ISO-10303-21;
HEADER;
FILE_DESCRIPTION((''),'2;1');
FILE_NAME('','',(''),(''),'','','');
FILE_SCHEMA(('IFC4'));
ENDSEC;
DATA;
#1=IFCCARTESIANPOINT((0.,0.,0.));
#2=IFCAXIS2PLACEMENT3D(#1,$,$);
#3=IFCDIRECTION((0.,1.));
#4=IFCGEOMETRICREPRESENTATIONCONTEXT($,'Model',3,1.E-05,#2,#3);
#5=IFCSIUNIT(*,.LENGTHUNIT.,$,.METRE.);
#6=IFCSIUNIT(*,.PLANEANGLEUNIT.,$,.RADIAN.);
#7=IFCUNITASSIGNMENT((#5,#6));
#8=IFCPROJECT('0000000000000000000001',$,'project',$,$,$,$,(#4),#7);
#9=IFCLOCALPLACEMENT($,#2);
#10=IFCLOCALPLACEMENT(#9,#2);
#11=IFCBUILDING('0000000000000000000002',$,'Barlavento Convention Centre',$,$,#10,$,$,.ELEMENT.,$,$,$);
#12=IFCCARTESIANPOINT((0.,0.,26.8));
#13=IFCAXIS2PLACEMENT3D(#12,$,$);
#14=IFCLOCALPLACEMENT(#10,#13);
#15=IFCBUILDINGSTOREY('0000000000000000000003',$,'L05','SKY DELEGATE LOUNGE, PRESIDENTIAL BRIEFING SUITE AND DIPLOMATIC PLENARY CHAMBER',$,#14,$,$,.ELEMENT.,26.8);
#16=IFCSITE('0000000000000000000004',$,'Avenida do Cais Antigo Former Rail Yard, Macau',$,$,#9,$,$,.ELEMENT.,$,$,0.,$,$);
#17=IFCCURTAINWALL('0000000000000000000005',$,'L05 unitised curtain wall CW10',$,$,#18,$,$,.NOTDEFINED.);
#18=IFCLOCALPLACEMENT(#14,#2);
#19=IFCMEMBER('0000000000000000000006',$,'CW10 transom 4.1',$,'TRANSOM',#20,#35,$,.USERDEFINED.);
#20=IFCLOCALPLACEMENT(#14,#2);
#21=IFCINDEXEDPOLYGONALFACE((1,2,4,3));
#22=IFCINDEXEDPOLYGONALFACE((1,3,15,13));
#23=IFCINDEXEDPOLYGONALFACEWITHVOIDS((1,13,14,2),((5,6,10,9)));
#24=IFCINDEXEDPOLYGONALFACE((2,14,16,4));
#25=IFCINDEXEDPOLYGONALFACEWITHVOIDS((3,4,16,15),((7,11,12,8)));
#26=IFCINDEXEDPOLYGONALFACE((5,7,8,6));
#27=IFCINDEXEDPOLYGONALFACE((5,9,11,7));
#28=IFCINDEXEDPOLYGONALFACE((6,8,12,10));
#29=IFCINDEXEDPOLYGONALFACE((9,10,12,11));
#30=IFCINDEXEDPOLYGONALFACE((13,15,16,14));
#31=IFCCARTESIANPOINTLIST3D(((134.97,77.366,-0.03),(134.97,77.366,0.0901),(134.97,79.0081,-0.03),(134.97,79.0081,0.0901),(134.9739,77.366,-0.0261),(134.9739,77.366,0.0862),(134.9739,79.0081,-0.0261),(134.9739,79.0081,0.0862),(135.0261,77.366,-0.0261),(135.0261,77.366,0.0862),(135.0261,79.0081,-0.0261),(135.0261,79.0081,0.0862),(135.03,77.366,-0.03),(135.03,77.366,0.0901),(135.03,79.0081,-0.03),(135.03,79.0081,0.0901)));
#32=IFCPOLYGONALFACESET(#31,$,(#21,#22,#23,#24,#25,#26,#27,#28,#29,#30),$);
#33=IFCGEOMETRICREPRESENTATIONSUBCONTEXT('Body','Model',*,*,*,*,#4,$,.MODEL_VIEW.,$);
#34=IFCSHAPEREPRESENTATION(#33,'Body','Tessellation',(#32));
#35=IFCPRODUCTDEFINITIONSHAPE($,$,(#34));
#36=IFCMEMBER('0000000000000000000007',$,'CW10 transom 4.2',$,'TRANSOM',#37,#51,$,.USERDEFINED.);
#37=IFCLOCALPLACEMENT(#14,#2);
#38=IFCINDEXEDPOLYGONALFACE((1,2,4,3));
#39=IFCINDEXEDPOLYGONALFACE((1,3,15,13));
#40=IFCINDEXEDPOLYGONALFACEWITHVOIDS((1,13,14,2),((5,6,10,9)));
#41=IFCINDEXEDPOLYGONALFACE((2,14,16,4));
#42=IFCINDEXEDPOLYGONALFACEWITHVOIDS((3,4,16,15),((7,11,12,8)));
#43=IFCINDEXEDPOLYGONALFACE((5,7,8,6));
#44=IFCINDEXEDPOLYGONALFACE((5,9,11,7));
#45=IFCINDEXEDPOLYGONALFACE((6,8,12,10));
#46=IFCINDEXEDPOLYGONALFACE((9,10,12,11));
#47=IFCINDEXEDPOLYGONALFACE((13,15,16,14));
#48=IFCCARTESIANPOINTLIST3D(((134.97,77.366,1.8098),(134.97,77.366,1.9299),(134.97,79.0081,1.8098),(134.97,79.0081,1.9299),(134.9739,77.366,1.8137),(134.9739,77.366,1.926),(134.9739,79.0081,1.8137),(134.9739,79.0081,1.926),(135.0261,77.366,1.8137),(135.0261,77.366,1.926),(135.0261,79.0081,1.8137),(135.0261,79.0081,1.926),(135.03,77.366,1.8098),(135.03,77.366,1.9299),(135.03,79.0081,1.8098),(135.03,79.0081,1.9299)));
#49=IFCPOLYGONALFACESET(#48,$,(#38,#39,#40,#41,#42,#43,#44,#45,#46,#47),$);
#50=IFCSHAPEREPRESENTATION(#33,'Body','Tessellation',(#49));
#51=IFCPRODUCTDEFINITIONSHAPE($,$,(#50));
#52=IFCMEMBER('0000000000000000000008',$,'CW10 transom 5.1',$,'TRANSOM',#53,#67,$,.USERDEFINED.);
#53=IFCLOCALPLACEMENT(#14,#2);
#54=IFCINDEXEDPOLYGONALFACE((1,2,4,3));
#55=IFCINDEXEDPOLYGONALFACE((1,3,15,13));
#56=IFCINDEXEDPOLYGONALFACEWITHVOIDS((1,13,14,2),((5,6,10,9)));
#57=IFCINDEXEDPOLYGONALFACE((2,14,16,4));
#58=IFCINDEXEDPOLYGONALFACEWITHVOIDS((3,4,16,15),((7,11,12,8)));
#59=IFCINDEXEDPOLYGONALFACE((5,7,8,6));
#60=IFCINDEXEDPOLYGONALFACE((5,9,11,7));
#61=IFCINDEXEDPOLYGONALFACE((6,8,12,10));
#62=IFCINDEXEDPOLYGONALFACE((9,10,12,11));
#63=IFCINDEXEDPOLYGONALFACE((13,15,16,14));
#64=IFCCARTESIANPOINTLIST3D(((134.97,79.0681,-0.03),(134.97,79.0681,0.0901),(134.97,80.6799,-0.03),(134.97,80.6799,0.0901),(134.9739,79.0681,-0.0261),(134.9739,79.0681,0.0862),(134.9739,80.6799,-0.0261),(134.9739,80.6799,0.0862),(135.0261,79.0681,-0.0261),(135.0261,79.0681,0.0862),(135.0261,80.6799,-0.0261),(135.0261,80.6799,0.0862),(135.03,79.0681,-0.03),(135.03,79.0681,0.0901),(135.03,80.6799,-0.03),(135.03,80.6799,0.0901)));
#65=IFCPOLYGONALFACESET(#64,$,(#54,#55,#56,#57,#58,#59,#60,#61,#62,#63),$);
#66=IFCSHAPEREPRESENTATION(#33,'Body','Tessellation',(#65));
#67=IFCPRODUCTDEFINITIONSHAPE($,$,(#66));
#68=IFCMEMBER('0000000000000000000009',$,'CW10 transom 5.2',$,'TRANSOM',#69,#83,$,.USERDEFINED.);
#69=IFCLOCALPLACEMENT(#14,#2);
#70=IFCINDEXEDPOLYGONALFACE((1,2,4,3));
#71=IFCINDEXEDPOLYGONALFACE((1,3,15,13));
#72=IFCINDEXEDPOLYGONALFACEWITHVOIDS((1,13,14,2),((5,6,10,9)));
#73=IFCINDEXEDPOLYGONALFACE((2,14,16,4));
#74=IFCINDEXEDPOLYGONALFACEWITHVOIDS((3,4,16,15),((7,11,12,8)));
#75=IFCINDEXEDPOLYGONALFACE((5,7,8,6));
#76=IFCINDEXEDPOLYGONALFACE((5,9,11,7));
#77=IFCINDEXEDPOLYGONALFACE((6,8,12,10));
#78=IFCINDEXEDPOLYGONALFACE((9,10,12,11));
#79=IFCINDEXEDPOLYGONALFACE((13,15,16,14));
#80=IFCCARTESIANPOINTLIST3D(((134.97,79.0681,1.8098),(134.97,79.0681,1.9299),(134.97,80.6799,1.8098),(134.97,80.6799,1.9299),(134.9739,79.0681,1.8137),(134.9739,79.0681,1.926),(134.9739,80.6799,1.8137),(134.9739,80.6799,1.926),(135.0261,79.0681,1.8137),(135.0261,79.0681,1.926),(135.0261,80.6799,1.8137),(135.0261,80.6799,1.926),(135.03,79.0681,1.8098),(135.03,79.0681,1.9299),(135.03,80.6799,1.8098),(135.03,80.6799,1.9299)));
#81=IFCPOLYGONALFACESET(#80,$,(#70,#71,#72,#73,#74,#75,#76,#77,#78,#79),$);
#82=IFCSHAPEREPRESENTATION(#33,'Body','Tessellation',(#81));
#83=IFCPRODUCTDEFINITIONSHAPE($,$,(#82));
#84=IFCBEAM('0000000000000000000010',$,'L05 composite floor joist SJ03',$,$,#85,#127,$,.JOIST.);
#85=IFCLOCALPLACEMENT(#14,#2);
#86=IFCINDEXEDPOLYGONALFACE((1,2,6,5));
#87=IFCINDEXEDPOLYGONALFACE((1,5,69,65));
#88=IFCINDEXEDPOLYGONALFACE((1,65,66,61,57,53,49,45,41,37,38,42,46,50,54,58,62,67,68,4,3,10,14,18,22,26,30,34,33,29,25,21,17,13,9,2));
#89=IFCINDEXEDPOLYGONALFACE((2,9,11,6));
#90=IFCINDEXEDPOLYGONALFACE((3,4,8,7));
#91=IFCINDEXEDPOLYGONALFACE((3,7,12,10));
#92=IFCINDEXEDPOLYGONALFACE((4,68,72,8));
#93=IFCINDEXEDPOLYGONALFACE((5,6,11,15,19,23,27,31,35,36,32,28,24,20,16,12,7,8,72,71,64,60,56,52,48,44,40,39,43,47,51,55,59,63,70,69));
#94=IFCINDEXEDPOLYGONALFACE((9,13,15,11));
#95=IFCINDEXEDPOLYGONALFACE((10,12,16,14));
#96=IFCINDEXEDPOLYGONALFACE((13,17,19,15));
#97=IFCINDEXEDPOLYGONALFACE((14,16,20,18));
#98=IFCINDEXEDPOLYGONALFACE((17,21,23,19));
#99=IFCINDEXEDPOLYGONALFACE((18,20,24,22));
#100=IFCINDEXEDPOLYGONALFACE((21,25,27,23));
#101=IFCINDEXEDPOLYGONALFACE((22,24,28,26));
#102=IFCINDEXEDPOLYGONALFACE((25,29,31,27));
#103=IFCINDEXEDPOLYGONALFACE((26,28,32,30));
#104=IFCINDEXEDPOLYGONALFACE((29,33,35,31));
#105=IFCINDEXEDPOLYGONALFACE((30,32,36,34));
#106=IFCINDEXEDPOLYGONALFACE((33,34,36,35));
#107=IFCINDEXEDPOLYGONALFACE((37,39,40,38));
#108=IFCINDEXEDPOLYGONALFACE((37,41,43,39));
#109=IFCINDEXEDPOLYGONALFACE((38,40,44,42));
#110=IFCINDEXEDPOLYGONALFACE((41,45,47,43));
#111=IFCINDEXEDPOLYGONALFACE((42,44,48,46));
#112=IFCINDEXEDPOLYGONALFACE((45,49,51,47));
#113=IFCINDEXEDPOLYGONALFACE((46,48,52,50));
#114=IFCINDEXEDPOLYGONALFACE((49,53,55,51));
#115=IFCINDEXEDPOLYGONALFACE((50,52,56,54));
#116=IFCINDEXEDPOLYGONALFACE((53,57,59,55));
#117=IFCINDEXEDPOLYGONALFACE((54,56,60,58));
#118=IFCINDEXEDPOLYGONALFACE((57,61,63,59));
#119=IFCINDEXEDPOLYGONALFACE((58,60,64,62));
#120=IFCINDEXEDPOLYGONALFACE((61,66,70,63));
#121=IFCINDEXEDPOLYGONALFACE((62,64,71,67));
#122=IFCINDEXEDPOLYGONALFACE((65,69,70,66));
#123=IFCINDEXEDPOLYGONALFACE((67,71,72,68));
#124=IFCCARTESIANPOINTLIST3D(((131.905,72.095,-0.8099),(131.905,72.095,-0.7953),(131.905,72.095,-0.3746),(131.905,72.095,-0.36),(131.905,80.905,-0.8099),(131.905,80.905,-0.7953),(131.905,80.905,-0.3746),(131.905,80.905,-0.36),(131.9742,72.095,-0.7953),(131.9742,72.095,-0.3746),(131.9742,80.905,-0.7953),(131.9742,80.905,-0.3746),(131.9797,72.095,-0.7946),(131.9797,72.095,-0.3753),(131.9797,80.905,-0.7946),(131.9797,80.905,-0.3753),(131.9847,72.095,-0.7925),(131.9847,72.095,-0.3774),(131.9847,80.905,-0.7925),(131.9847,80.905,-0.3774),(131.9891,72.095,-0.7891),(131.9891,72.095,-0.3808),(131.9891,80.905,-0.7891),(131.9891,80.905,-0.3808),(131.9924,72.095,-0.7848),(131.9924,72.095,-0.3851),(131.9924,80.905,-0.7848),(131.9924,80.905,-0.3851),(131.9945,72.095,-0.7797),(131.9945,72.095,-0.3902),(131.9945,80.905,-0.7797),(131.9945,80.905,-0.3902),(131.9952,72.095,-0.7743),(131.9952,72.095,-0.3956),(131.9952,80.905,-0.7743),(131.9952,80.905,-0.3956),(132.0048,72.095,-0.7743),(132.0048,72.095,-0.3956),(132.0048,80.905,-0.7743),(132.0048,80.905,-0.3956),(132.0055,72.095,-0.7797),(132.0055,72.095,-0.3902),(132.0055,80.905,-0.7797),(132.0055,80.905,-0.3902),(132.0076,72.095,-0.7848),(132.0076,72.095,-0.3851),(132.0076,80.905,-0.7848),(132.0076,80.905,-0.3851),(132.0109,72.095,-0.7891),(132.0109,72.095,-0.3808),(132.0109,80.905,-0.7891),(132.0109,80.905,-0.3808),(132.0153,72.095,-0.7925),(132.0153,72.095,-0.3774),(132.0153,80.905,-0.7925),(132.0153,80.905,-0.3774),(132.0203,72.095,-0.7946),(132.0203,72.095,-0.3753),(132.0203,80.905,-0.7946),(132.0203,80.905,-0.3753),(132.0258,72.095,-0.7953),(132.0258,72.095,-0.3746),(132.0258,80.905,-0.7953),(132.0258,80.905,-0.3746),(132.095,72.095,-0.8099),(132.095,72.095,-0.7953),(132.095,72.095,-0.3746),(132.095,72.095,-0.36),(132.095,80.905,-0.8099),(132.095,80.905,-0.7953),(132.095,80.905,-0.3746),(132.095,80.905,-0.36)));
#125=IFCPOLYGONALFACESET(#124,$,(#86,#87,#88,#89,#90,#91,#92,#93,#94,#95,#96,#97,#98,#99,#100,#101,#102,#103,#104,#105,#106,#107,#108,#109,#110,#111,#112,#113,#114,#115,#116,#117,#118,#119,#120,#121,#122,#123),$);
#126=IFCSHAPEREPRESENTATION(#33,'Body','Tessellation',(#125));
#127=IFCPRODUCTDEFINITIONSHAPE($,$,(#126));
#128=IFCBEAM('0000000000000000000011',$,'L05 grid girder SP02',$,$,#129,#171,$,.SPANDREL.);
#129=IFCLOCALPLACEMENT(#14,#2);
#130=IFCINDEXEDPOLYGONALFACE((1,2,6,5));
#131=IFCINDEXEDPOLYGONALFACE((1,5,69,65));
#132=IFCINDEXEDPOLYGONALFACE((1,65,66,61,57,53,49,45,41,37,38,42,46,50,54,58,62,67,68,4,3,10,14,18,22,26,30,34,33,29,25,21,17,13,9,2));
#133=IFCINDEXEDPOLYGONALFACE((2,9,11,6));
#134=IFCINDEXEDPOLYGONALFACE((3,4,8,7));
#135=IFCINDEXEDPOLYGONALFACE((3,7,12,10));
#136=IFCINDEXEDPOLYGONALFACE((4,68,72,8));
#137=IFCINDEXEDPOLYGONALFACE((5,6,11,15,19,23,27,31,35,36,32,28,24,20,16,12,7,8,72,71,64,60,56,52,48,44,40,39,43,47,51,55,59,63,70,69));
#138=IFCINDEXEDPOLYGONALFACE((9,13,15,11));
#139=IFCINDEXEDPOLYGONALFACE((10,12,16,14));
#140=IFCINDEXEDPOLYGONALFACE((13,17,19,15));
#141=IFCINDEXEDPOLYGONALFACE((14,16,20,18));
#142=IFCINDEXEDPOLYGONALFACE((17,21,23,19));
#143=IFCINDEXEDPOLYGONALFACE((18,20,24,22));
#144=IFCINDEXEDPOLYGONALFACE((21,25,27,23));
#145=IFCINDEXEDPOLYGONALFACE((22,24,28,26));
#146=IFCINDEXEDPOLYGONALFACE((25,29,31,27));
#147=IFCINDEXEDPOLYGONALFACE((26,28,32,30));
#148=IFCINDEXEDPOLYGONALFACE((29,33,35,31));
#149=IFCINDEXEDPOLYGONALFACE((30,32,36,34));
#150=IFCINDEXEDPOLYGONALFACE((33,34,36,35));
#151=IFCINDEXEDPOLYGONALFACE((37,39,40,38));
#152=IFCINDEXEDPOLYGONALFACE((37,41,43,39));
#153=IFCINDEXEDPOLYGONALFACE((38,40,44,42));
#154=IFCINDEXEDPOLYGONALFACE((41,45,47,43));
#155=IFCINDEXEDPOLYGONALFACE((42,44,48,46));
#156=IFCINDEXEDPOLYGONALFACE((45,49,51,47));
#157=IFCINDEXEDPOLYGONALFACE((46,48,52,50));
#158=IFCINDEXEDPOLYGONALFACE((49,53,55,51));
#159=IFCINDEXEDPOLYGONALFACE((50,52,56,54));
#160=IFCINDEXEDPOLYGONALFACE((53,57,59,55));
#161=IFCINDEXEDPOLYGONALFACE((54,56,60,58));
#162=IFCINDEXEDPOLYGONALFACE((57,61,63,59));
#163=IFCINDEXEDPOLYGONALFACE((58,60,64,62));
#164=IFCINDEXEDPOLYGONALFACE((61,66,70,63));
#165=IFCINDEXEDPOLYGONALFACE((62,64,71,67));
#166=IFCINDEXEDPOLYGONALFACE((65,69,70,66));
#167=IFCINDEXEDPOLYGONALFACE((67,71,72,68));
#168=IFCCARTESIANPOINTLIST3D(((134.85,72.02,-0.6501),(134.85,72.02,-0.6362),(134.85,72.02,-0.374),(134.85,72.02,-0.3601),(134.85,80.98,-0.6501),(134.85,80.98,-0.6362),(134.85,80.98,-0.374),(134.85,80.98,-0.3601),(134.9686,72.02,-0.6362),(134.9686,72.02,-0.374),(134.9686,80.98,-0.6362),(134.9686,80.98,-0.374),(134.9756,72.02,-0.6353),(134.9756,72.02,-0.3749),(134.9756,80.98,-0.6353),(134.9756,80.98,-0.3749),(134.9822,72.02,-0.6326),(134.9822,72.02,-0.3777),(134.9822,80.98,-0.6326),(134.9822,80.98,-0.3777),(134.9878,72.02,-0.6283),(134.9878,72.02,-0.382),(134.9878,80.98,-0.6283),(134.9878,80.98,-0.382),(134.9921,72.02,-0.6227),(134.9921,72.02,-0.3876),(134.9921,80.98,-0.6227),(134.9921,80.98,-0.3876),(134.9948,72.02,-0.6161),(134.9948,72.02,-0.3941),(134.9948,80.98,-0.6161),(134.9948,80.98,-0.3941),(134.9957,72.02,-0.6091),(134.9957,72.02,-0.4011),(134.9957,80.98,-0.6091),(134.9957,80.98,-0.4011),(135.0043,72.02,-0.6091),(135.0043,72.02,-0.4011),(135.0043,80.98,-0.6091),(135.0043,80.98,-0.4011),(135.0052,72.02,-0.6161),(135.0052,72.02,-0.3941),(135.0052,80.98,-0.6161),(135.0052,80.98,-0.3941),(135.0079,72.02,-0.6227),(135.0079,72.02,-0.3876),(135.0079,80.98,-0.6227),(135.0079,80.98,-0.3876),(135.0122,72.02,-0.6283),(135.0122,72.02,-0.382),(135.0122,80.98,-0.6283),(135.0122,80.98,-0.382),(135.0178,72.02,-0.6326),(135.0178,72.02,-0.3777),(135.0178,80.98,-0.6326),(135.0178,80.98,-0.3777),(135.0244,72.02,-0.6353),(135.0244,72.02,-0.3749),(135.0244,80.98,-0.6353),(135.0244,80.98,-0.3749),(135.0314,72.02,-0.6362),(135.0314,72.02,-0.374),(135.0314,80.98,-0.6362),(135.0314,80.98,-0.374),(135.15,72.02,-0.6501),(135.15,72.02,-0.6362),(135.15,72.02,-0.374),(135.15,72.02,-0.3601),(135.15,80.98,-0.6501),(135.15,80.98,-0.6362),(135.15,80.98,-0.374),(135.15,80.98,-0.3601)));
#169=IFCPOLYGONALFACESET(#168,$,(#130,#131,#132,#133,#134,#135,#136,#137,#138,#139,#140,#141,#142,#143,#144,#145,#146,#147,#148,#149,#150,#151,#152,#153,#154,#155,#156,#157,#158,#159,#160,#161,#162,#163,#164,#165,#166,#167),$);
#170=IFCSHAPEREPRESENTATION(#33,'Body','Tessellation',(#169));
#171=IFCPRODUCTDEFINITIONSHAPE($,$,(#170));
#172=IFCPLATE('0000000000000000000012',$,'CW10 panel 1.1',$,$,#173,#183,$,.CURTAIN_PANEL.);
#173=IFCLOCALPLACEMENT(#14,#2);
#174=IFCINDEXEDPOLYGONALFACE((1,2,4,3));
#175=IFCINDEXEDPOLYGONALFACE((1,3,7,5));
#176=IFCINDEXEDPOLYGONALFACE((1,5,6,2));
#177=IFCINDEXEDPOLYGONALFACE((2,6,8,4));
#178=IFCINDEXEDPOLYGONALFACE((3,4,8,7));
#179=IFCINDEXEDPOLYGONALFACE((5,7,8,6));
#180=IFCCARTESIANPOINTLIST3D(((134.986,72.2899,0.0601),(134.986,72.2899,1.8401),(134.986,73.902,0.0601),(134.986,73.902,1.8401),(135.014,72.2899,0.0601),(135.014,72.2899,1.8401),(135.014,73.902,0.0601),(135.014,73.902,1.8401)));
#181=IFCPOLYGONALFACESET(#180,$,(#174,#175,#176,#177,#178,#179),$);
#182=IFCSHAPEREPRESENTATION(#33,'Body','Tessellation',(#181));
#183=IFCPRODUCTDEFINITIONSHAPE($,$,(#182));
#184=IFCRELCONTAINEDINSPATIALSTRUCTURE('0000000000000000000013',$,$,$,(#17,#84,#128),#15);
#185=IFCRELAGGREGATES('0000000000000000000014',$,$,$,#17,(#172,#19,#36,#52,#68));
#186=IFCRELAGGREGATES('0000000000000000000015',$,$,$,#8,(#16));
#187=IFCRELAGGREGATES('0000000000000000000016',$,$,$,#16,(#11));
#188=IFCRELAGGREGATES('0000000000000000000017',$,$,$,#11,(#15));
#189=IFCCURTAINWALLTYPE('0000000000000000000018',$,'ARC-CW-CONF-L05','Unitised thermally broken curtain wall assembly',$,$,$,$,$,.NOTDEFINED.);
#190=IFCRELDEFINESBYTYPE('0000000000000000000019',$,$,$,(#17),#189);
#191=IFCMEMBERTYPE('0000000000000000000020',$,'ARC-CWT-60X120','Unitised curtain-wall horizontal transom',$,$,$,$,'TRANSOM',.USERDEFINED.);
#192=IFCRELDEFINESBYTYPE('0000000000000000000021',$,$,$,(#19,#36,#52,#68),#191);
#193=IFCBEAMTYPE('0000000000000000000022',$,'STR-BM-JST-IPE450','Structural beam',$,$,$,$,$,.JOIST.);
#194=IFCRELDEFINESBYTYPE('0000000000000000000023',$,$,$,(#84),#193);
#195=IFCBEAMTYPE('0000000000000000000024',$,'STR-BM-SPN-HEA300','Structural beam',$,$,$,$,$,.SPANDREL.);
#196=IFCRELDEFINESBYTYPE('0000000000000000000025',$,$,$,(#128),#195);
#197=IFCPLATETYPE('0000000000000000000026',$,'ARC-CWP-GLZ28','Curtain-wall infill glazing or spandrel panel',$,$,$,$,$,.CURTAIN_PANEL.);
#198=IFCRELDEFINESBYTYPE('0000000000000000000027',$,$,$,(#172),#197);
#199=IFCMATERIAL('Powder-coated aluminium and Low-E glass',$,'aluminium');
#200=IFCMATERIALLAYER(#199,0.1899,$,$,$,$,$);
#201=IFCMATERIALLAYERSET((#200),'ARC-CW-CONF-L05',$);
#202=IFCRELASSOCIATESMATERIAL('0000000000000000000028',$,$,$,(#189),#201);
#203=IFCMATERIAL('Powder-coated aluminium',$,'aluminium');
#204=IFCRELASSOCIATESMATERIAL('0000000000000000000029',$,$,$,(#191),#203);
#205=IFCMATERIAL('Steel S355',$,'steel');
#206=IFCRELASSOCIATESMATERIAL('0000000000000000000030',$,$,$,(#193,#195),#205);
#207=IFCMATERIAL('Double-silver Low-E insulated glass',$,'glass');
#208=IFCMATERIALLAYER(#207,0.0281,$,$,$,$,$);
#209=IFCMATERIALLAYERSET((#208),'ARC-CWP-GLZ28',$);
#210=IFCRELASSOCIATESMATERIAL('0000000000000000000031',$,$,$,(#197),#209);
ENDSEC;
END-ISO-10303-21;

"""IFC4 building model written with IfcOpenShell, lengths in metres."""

from ifc_helpers import new_model, si_unit, direction, frame, origin, origin_2d, place, context, subcontext, project, spatial, rectangle, hollow_rectangle, i_section, extrude, material, layer, layer_set, material_profile, profile_set, type_object, element, aggregate, save


model = new_model("IFC4")

# Units and contexts
model_context = context("Model", 3, precision=1e-05, world=origin(), true_north=direction((0.0, 1.0)))
body_context = subcontext(model_context, "Body", "Model", "MODEL_VIEW")
ifc_project = project(units=[si_unit("LENGTHUNIT", "METRE"), si_unit("PLANEANGLEUNIT", "RADIAN")], contexts=[model_context])

# Site, building, storey
site_placement = place(None, origin())
site = spatial("IfcSite", under=ifc_project, at=site_placement, Name="Avenida do Cais Antigo Former Rail Yard, Macau", CompositionType="ELEMENT", RefElevation=0.0)
building_placement = place(site_placement, origin())
building = spatial("IfcBuilding", under=site, at=building_placement, Name="Barlavento Convention Centre", CompositionType="ELEMENT")
storey_placement = place(building_placement, frame((0.0, 0.0, 26.8)))
storey = spatial("IfcBuildingStorey", under=building, at=storey_placement, Name="L05", Description="SKY DELEGATE LOUNGE, PRESIDENTIAL BRIEFING SUITE AND DIPLOMATIC PLENARY CHAMBER", CompositionType="ELEMENT", Elevation=26.8)

# Curtain wall, members
ifc_material_1 = material(Name="Powder-coated aluminium and Low-E glass", Category="aluminium")
ifc_layer_1 = layer(ifc_material_1, 0.1899)
ifc_layer_set_1 = layer_set([ifc_layer_1], Name="ARC-CW-CONF-L05")
curtain_wall_type = type_object("IfcCurtainWallType", Name="ARC-CW-CONF-L05", Description="Unitised thermally broken curtain wall assembly", PredefinedType="NOTDEFINED", material=ifc_layer_set_1)
curtain_wall_placement = place(storey_placement, origin())
curtain_wall = element("IfcCurtainWall", 1, at=curtain_wall_placement, inside=storey, type_object=curtain_wall_type, Name="L05 unitised curtain wall CW10", PredefinedType="NOTDEFINED")
ifc_material_2 = material(Name="Powder-coated aluminium", Category="aluminium")
ifc_material_profile_1 = material_profile(ifc_material_2, hollow_rectangle(XDim=0.0601, YDim=0.1201, WallThickness=0.0039, at=origin_2d()), Name="AL-TRAN 60x120x4")
ifc_profile_set_1 = profile_set([ifc_material_profile_1], Name="Powder-coated aluminium")
member_type_1 = type_object("IfcMemberType", Name="ARC-CWT-60X120", Description="Unitised curtain-wall horizontal transom", ElementType="TRANSOM", PredefinedType="USERDEFINED", material=ifc_profile_set_1)
member_1_placement = place(storey_placement, frame((135.0, 77.366, 0.03), z_axis=(0.0, 1.0, 0.0), x_axis=(-1.0, 0.0, 0.0)))
member_1 = element("IfcMember", 2, at=member_1_placement, type_object=member_type_1, Name="CW10 transom 4.1", ObjectType="TRANSOM", PredefinedType="USERDEFINED", context=body_context, shape_type="SweptSolid", body=[
    extrude(hollow_rectangle(XDim=0.0601, YDim=0.1201, WallThickness=0.0039, at=origin_2d()), origin(), (0.0, 0.0, 1.0), 1.6421),
])
member_2_placement = place(storey_placement, frame((135.0, 77.366, 1.8699), z_axis=(0.0, 1.0, 0.0), x_axis=(-1.0, 0.0, 0.0)))
member_2 = element("IfcMember", 3, at=member_2_placement, type_object=member_type_1, Name="CW10 transom 4.2", ObjectType="TRANSOM", PredefinedType="USERDEFINED", context=body_context, shape_type="SweptSolid", body=[
    extrude(hollow_rectangle(XDim=0.0601, YDim=0.1201, WallThickness=0.0039, at=origin_2d()), origin(), (0.0, 0.0, 1.0), 1.6421),
])
member_3_placement = place(storey_placement, frame((135.0, 79.0681, 0.03), z_axis=(0.0, 1.0, 0.0), x_axis=(-1.0, 0.0, 0.0)))
member_3 = element("IfcMember", 4, at=member_3_placement, type_object=member_type_1, Name="CW10 transom 5.1", ObjectType="TRANSOM", PredefinedType="USERDEFINED", context=body_context, shape_type="SweptSolid", body=[
    extrude(hollow_rectangle(XDim=0.0601, YDim=0.1201, WallThickness=0.0039, at=origin_2d()), origin(), (0.0, 0.0, 1.0), 1.6118),
])
member_4_placement = place(storey_placement, frame((135.0, 79.0681, 1.8699), z_axis=(0.0, 1.0, 0.0), x_axis=(-1.0, 0.0, 0.0)))
member_4 = element("IfcMember", 5, at=member_4_placement, type_object=member_type_1, Name="CW10 transom 5.2", ObjectType="TRANSOM", PredefinedType="USERDEFINED", context=body_context, shape_type="SweptSolid", body=[
    extrude(hollow_rectangle(XDim=0.0601, YDim=0.1201, WallThickness=0.0039, at=origin_2d()), origin(), (0.0, 0.0, 1.0), 1.6118),
])

# Beams
ifc_material_3 = material(Name="Steel S355", Category="steel")
ifc_material_profile_2 = material_profile(ifc_material_3, i_section(OverallWidth=0.1899, OverallDepth=0.45, WebThickness=0.0095, FlangeThickness=0.0146, FilletRadius=0.021, at=origin_2d()), Name="IPE 450")
ifc_profile_set_2 = profile_set([ifc_material_profile_2], Name="Steel S355")
beam_type_1 = type_object("IfcBeamType", Name="STR-BM-JST-IPE450", Description="Structural beam", PredefinedType="JOIST", material=ifc_profile_set_2)
beam_1_placement = place(storey_placement, frame((132.0, 72.095, -0.585), z_axis=(0.0, 1.0, 0.0), x_axis=(-1.0, 0.0, 0.0)))
element("IfcBeam", 6, at=beam_1_placement, inside=storey, type_object=beam_type_1, Name="L05 composite floor joist SJ03", PredefinedType="JOIST", context=body_context, shape_type="SweptSolid", body=[
    extrude(i_section(OverallWidth=0.1899, OverallDepth=0.45, WebThickness=0.0095, FlangeThickness=0.0146, FilletRadius=0.021, at=origin_2d()), origin(), (0.0, 0.0, 1.0), 8.8101),
])
ifc_material_profile_3 = material_profile(ifc_material_3, i_section(OverallWidth=0.3, OverallDepth=0.29, WebThickness=0.0085, FlangeThickness=0.0139, FilletRadius=0.0271, at=origin_2d()), Name="HEA 300")
ifc_profile_set_3 = profile_set([ifc_material_profile_3], Name="Steel S355")
beam_type_2 = type_object("IfcBeamType", Name="STR-BM-SPN-HEA300", Description="Structural beam", PredefinedType="SPANDREL", material=ifc_profile_set_3)
beam_2_placement = place(storey_placement, frame((135.0, 72.02, -0.5051), z_axis=(0.0, 1.0, 0.0), x_axis=(-1.0, 0.0, 0.0)))
element("IfcBeam", 7, at=beam_2_placement, inside=storey, type_object=beam_type_2, Name="L05 grid girder SP02", PredefinedType="SPANDREL", context=body_context, shape_type="SweptSolid", body=[
    extrude(i_section(OverallWidth=0.3, OverallDepth=0.29, WebThickness=0.0085, FlangeThickness=0.0139, FilletRadius=0.0271, at=origin_2d()), origin(), (0.0, 0.0, 1.0), 8.96),
])

# Plate
ifc_material_4 = material(Name="Double-silver Low-E insulated glass", Category="glass")
ifc_layer_2 = layer(ifc_material_4, 0.0281)
ifc_layer_set_2 = layer_set([ifc_layer_2], Name="ARC-CWP-GLZ28")
plate_type = type_object("IfcPlateType", Name="ARC-CWP-GLZ28", Description="Curtain-wall infill glazing or spandrel panel", PredefinedType="CURTAIN_PANEL", material=ifc_layer_set_2)
plate_1_placement = place(storey_placement, frame((135.0, 73.0959, 0.0601), z_axis=(0.0, 0.0, 1.0), x_axis=(0.0, 1.0, 0.0)))
plate_1 = element("IfcPlate", 8, at=plate_1_placement, type_object=plate_type, Name="CW10 panel 1.1", PredefinedType="CURTAIN_PANEL", context=body_context, shape_type="SweptSolid", body=[
    extrude(rectangle(XDim=1.6121, YDim=0.0281, at=origin_2d()), origin(), (0.0, 0.0, 1.0), 1.78),
])
aggregate(curtain_wall, [plate_1, member_1, member_2, member_3, member_4])

save(model, "model.ifc")
